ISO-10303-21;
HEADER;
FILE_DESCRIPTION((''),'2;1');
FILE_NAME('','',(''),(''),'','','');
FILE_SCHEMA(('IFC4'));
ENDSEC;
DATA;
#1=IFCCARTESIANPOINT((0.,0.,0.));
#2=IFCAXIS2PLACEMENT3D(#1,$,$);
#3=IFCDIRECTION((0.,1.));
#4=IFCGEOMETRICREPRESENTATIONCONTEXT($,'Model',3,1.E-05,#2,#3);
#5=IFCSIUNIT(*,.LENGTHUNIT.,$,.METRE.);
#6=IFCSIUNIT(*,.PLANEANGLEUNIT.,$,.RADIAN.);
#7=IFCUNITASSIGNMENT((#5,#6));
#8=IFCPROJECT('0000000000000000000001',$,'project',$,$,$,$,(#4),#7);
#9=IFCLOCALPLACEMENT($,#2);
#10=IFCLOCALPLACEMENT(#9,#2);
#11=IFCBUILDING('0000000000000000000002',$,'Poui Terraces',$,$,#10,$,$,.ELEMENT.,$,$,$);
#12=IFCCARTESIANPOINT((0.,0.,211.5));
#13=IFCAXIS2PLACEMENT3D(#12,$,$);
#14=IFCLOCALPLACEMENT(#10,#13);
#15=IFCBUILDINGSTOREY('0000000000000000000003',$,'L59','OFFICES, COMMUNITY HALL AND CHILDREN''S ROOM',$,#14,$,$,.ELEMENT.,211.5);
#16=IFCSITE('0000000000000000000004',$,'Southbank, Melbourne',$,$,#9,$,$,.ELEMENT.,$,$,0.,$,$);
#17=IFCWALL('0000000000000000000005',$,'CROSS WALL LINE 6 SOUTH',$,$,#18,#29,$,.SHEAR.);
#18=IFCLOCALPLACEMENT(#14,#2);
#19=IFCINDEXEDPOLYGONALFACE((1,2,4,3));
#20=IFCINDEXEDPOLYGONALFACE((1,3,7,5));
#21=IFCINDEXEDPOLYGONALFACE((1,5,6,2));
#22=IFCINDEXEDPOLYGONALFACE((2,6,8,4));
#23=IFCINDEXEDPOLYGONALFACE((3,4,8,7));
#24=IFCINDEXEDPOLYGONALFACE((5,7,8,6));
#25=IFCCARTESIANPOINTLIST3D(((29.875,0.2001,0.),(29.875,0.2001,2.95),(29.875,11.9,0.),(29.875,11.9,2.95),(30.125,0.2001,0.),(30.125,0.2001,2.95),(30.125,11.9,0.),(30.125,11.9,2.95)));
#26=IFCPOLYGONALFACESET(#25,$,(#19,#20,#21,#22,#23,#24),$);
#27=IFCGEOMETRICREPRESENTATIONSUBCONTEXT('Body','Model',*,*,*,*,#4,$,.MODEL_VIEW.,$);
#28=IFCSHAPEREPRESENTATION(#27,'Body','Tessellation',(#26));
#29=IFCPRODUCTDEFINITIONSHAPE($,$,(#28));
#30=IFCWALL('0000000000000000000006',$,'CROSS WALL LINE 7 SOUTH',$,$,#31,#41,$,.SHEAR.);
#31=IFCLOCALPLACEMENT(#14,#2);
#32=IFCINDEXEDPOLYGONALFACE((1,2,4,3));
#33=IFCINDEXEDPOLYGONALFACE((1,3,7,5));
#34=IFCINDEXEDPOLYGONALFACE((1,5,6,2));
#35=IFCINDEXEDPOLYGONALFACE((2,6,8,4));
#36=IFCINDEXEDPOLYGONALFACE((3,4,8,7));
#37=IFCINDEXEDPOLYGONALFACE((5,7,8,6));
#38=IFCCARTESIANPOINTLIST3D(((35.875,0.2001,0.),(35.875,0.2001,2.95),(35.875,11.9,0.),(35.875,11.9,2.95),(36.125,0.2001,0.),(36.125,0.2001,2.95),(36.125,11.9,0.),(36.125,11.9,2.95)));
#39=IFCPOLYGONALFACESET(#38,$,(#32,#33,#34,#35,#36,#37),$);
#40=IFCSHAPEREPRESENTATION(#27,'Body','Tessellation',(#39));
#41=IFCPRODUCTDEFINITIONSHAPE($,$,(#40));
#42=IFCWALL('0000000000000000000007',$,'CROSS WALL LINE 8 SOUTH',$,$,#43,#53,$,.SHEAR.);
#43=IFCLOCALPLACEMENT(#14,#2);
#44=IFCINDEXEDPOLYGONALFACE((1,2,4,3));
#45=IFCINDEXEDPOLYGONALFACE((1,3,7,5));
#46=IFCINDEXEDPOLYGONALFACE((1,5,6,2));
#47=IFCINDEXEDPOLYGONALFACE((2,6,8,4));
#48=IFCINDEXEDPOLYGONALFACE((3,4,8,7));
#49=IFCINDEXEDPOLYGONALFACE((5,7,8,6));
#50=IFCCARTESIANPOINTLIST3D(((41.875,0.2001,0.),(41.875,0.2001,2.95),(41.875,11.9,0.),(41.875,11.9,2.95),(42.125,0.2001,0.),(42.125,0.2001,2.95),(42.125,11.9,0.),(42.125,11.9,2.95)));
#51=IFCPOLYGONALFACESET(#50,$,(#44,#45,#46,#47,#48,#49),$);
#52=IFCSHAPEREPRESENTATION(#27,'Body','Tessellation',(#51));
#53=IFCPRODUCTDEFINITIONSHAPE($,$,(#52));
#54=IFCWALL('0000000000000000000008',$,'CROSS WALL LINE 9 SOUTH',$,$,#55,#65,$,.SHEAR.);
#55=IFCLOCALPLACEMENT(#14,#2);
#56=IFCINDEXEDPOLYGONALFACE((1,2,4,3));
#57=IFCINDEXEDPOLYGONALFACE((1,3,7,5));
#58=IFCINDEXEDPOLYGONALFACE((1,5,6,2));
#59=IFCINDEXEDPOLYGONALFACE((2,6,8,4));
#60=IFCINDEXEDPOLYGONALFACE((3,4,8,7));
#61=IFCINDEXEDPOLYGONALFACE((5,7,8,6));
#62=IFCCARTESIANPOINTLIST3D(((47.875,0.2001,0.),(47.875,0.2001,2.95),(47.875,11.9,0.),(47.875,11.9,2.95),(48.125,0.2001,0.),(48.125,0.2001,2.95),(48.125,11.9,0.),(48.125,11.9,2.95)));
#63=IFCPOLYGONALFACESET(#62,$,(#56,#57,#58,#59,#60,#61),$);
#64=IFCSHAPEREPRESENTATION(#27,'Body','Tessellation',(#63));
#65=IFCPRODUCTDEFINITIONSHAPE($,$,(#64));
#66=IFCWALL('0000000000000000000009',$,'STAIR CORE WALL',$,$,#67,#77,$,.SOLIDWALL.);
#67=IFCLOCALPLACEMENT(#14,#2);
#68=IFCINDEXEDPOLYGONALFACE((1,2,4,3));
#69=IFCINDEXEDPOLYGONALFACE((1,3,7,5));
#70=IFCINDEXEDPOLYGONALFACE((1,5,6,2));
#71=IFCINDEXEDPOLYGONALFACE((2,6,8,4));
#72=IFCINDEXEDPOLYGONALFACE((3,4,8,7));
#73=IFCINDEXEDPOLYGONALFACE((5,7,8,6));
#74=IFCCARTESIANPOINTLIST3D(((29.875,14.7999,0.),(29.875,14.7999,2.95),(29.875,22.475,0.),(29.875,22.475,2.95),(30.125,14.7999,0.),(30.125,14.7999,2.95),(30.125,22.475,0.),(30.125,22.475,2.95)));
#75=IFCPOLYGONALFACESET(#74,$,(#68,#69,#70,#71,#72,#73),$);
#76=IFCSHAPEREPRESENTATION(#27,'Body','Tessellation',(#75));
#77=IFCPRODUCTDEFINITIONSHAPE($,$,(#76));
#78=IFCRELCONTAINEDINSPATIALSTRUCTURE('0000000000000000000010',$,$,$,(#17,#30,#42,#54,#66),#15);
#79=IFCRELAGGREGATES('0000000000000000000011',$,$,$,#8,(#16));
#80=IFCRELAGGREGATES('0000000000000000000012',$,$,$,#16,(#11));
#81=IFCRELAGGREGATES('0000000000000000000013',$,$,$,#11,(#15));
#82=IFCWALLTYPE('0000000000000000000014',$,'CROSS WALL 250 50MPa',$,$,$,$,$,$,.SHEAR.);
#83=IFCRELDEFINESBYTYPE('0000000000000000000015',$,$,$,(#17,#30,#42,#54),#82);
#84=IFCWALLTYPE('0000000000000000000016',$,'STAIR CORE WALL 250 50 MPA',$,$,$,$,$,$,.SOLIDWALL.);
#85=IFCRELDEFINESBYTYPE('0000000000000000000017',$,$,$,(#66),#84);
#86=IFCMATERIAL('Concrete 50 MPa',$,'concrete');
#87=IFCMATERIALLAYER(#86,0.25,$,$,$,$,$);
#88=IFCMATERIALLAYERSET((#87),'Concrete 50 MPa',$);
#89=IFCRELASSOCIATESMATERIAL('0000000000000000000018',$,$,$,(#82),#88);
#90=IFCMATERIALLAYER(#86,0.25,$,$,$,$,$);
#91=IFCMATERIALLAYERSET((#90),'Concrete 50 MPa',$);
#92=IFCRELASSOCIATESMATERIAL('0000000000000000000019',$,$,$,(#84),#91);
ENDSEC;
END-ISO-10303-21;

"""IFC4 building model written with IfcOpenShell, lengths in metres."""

from ifc_helpers import new_model, si_unit, direction, frame, frame_2d, origin, place, context, subcontext, project, spatial, rectangle, extrude, material, layer, layer_set, type_object, element, save


model = new_model("IFC4")

# Units and contexts
model_context = context("Model", 3, precision=1e-05, world=origin(), true_north=direction((0.0, 1.0)))
body_context = subcontext(model_context, "Body", "Model", "MODEL_VIEW")
ifc_project = project(units=[si_unit("LENGTHUNIT", "METRE"), si_unit("PLANEANGLEUNIT", "RADIAN")], contexts=[model_context])

# Site, building, storey
site_placement = place(None, origin())
site = spatial("IfcSite", under=ifc_project, at=site_placement, Name="Southbank, Melbourne", CompositionType="ELEMENT", RefElevation=0.0)
building_placement = place(site_placement, origin())
building = spatial("IfcBuilding", under=site, at=building_placement, Name="Poui Terraces", CompositionType="ELEMENT")
storey_placement = place(building_placement, frame((0.0, 0.0, 211.5)))
storey = spatial("IfcBuildingStorey", under=building, at=storey_placement, Name="L59", Description="OFFICES, COMMUNITY HALL AND CHILDREN'S ROOM", CompositionType="ELEMENT", Elevation=211.5)

# Shared definitions
ifc_material_1 = material(Name="Concrete 50 MPa", Category="concrete")

# Walls
ifc_layer_1 = layer(ifc_material_1, 0.25)
ifc_layer_set_1 = layer_set([ifc_layer_1], Name="Concrete 50 MPa")
wall_type_1 = type_object("IfcWallType", Name="CROSS WALL 250 50MPa", PredefinedType="SHEAR", material=ifc_layer_set_1)
for number, where, z_axis, x_axis, name in (
    (1, (30.0, 0.2, 0.0), (0.0, 0.0, 1.0), (0.0, 1.0, 0.0), "CROSS WALL LINE 6 SOUTH"),
    (2, (36.0, 0.2, 0.0), (0.0, 0.0, 1.0), (0.0, 1.0, 0.0), "CROSS WALL LINE 7 SOUTH"),
    (3, (42.0, 0.2, 0.0), (0.0, 0.0, 1.0), (0.0, 1.0, 0.0), "CROSS WALL LINE 8 SOUTH"),
    (4, (48.0, 0.2, 0.0), (0.0, 0.0, 1.0), (0.0, 1.0, 0.0), "CROSS WALL LINE 9 SOUTH"),
):
    element("IfcWall", number, at=place(storey_placement, frame(where, z_axis=z_axis, x_axis=x_axis)), inside=storey, type_object=wall_type_1, Name=name, PredefinedType="SHEAR", context=body_context, shape_type="SweptSolid", body=[
        extrude(rectangle(XDim=11.7, YDim=0.25, at=frame_2d((5.8501, 0.0))), origin(), (0.0, 0.0, 1.0), 2.95),
    ])
ifc_layer_2 = layer(ifc_material_1, 0.25)
ifc_layer_set_2 = layer_set([ifc_layer_2], Name="Concrete 50 MPa")
wall_type_2 = type_object("IfcWallType", Name="STAIR CORE WALL 250 50 MPA", PredefinedType="SOLIDWALL", material=ifc_layer_set_2)
wall_1_placement = place(storey_placement, frame((30.0, 14.8, 0.0), z_axis=(0.0, 0.0, 1.0), x_axis=(0.0, 1.0, 0.0)))
element("IfcWall", 5, at=wall_1_placement, inside=storey, type_object=wall_type_2, Name="STAIR CORE WALL", PredefinedType="SOLIDWALL", context=body_context, shape_type="SweptSolid", body=[
    extrude(rectangle(XDim=7.675, YDim=0.25, at=frame_2d((3.8374, 0.0))), origin(), (0.0, 0.0, 1.0), 2.95),
])

save(model, "model.ifc")
